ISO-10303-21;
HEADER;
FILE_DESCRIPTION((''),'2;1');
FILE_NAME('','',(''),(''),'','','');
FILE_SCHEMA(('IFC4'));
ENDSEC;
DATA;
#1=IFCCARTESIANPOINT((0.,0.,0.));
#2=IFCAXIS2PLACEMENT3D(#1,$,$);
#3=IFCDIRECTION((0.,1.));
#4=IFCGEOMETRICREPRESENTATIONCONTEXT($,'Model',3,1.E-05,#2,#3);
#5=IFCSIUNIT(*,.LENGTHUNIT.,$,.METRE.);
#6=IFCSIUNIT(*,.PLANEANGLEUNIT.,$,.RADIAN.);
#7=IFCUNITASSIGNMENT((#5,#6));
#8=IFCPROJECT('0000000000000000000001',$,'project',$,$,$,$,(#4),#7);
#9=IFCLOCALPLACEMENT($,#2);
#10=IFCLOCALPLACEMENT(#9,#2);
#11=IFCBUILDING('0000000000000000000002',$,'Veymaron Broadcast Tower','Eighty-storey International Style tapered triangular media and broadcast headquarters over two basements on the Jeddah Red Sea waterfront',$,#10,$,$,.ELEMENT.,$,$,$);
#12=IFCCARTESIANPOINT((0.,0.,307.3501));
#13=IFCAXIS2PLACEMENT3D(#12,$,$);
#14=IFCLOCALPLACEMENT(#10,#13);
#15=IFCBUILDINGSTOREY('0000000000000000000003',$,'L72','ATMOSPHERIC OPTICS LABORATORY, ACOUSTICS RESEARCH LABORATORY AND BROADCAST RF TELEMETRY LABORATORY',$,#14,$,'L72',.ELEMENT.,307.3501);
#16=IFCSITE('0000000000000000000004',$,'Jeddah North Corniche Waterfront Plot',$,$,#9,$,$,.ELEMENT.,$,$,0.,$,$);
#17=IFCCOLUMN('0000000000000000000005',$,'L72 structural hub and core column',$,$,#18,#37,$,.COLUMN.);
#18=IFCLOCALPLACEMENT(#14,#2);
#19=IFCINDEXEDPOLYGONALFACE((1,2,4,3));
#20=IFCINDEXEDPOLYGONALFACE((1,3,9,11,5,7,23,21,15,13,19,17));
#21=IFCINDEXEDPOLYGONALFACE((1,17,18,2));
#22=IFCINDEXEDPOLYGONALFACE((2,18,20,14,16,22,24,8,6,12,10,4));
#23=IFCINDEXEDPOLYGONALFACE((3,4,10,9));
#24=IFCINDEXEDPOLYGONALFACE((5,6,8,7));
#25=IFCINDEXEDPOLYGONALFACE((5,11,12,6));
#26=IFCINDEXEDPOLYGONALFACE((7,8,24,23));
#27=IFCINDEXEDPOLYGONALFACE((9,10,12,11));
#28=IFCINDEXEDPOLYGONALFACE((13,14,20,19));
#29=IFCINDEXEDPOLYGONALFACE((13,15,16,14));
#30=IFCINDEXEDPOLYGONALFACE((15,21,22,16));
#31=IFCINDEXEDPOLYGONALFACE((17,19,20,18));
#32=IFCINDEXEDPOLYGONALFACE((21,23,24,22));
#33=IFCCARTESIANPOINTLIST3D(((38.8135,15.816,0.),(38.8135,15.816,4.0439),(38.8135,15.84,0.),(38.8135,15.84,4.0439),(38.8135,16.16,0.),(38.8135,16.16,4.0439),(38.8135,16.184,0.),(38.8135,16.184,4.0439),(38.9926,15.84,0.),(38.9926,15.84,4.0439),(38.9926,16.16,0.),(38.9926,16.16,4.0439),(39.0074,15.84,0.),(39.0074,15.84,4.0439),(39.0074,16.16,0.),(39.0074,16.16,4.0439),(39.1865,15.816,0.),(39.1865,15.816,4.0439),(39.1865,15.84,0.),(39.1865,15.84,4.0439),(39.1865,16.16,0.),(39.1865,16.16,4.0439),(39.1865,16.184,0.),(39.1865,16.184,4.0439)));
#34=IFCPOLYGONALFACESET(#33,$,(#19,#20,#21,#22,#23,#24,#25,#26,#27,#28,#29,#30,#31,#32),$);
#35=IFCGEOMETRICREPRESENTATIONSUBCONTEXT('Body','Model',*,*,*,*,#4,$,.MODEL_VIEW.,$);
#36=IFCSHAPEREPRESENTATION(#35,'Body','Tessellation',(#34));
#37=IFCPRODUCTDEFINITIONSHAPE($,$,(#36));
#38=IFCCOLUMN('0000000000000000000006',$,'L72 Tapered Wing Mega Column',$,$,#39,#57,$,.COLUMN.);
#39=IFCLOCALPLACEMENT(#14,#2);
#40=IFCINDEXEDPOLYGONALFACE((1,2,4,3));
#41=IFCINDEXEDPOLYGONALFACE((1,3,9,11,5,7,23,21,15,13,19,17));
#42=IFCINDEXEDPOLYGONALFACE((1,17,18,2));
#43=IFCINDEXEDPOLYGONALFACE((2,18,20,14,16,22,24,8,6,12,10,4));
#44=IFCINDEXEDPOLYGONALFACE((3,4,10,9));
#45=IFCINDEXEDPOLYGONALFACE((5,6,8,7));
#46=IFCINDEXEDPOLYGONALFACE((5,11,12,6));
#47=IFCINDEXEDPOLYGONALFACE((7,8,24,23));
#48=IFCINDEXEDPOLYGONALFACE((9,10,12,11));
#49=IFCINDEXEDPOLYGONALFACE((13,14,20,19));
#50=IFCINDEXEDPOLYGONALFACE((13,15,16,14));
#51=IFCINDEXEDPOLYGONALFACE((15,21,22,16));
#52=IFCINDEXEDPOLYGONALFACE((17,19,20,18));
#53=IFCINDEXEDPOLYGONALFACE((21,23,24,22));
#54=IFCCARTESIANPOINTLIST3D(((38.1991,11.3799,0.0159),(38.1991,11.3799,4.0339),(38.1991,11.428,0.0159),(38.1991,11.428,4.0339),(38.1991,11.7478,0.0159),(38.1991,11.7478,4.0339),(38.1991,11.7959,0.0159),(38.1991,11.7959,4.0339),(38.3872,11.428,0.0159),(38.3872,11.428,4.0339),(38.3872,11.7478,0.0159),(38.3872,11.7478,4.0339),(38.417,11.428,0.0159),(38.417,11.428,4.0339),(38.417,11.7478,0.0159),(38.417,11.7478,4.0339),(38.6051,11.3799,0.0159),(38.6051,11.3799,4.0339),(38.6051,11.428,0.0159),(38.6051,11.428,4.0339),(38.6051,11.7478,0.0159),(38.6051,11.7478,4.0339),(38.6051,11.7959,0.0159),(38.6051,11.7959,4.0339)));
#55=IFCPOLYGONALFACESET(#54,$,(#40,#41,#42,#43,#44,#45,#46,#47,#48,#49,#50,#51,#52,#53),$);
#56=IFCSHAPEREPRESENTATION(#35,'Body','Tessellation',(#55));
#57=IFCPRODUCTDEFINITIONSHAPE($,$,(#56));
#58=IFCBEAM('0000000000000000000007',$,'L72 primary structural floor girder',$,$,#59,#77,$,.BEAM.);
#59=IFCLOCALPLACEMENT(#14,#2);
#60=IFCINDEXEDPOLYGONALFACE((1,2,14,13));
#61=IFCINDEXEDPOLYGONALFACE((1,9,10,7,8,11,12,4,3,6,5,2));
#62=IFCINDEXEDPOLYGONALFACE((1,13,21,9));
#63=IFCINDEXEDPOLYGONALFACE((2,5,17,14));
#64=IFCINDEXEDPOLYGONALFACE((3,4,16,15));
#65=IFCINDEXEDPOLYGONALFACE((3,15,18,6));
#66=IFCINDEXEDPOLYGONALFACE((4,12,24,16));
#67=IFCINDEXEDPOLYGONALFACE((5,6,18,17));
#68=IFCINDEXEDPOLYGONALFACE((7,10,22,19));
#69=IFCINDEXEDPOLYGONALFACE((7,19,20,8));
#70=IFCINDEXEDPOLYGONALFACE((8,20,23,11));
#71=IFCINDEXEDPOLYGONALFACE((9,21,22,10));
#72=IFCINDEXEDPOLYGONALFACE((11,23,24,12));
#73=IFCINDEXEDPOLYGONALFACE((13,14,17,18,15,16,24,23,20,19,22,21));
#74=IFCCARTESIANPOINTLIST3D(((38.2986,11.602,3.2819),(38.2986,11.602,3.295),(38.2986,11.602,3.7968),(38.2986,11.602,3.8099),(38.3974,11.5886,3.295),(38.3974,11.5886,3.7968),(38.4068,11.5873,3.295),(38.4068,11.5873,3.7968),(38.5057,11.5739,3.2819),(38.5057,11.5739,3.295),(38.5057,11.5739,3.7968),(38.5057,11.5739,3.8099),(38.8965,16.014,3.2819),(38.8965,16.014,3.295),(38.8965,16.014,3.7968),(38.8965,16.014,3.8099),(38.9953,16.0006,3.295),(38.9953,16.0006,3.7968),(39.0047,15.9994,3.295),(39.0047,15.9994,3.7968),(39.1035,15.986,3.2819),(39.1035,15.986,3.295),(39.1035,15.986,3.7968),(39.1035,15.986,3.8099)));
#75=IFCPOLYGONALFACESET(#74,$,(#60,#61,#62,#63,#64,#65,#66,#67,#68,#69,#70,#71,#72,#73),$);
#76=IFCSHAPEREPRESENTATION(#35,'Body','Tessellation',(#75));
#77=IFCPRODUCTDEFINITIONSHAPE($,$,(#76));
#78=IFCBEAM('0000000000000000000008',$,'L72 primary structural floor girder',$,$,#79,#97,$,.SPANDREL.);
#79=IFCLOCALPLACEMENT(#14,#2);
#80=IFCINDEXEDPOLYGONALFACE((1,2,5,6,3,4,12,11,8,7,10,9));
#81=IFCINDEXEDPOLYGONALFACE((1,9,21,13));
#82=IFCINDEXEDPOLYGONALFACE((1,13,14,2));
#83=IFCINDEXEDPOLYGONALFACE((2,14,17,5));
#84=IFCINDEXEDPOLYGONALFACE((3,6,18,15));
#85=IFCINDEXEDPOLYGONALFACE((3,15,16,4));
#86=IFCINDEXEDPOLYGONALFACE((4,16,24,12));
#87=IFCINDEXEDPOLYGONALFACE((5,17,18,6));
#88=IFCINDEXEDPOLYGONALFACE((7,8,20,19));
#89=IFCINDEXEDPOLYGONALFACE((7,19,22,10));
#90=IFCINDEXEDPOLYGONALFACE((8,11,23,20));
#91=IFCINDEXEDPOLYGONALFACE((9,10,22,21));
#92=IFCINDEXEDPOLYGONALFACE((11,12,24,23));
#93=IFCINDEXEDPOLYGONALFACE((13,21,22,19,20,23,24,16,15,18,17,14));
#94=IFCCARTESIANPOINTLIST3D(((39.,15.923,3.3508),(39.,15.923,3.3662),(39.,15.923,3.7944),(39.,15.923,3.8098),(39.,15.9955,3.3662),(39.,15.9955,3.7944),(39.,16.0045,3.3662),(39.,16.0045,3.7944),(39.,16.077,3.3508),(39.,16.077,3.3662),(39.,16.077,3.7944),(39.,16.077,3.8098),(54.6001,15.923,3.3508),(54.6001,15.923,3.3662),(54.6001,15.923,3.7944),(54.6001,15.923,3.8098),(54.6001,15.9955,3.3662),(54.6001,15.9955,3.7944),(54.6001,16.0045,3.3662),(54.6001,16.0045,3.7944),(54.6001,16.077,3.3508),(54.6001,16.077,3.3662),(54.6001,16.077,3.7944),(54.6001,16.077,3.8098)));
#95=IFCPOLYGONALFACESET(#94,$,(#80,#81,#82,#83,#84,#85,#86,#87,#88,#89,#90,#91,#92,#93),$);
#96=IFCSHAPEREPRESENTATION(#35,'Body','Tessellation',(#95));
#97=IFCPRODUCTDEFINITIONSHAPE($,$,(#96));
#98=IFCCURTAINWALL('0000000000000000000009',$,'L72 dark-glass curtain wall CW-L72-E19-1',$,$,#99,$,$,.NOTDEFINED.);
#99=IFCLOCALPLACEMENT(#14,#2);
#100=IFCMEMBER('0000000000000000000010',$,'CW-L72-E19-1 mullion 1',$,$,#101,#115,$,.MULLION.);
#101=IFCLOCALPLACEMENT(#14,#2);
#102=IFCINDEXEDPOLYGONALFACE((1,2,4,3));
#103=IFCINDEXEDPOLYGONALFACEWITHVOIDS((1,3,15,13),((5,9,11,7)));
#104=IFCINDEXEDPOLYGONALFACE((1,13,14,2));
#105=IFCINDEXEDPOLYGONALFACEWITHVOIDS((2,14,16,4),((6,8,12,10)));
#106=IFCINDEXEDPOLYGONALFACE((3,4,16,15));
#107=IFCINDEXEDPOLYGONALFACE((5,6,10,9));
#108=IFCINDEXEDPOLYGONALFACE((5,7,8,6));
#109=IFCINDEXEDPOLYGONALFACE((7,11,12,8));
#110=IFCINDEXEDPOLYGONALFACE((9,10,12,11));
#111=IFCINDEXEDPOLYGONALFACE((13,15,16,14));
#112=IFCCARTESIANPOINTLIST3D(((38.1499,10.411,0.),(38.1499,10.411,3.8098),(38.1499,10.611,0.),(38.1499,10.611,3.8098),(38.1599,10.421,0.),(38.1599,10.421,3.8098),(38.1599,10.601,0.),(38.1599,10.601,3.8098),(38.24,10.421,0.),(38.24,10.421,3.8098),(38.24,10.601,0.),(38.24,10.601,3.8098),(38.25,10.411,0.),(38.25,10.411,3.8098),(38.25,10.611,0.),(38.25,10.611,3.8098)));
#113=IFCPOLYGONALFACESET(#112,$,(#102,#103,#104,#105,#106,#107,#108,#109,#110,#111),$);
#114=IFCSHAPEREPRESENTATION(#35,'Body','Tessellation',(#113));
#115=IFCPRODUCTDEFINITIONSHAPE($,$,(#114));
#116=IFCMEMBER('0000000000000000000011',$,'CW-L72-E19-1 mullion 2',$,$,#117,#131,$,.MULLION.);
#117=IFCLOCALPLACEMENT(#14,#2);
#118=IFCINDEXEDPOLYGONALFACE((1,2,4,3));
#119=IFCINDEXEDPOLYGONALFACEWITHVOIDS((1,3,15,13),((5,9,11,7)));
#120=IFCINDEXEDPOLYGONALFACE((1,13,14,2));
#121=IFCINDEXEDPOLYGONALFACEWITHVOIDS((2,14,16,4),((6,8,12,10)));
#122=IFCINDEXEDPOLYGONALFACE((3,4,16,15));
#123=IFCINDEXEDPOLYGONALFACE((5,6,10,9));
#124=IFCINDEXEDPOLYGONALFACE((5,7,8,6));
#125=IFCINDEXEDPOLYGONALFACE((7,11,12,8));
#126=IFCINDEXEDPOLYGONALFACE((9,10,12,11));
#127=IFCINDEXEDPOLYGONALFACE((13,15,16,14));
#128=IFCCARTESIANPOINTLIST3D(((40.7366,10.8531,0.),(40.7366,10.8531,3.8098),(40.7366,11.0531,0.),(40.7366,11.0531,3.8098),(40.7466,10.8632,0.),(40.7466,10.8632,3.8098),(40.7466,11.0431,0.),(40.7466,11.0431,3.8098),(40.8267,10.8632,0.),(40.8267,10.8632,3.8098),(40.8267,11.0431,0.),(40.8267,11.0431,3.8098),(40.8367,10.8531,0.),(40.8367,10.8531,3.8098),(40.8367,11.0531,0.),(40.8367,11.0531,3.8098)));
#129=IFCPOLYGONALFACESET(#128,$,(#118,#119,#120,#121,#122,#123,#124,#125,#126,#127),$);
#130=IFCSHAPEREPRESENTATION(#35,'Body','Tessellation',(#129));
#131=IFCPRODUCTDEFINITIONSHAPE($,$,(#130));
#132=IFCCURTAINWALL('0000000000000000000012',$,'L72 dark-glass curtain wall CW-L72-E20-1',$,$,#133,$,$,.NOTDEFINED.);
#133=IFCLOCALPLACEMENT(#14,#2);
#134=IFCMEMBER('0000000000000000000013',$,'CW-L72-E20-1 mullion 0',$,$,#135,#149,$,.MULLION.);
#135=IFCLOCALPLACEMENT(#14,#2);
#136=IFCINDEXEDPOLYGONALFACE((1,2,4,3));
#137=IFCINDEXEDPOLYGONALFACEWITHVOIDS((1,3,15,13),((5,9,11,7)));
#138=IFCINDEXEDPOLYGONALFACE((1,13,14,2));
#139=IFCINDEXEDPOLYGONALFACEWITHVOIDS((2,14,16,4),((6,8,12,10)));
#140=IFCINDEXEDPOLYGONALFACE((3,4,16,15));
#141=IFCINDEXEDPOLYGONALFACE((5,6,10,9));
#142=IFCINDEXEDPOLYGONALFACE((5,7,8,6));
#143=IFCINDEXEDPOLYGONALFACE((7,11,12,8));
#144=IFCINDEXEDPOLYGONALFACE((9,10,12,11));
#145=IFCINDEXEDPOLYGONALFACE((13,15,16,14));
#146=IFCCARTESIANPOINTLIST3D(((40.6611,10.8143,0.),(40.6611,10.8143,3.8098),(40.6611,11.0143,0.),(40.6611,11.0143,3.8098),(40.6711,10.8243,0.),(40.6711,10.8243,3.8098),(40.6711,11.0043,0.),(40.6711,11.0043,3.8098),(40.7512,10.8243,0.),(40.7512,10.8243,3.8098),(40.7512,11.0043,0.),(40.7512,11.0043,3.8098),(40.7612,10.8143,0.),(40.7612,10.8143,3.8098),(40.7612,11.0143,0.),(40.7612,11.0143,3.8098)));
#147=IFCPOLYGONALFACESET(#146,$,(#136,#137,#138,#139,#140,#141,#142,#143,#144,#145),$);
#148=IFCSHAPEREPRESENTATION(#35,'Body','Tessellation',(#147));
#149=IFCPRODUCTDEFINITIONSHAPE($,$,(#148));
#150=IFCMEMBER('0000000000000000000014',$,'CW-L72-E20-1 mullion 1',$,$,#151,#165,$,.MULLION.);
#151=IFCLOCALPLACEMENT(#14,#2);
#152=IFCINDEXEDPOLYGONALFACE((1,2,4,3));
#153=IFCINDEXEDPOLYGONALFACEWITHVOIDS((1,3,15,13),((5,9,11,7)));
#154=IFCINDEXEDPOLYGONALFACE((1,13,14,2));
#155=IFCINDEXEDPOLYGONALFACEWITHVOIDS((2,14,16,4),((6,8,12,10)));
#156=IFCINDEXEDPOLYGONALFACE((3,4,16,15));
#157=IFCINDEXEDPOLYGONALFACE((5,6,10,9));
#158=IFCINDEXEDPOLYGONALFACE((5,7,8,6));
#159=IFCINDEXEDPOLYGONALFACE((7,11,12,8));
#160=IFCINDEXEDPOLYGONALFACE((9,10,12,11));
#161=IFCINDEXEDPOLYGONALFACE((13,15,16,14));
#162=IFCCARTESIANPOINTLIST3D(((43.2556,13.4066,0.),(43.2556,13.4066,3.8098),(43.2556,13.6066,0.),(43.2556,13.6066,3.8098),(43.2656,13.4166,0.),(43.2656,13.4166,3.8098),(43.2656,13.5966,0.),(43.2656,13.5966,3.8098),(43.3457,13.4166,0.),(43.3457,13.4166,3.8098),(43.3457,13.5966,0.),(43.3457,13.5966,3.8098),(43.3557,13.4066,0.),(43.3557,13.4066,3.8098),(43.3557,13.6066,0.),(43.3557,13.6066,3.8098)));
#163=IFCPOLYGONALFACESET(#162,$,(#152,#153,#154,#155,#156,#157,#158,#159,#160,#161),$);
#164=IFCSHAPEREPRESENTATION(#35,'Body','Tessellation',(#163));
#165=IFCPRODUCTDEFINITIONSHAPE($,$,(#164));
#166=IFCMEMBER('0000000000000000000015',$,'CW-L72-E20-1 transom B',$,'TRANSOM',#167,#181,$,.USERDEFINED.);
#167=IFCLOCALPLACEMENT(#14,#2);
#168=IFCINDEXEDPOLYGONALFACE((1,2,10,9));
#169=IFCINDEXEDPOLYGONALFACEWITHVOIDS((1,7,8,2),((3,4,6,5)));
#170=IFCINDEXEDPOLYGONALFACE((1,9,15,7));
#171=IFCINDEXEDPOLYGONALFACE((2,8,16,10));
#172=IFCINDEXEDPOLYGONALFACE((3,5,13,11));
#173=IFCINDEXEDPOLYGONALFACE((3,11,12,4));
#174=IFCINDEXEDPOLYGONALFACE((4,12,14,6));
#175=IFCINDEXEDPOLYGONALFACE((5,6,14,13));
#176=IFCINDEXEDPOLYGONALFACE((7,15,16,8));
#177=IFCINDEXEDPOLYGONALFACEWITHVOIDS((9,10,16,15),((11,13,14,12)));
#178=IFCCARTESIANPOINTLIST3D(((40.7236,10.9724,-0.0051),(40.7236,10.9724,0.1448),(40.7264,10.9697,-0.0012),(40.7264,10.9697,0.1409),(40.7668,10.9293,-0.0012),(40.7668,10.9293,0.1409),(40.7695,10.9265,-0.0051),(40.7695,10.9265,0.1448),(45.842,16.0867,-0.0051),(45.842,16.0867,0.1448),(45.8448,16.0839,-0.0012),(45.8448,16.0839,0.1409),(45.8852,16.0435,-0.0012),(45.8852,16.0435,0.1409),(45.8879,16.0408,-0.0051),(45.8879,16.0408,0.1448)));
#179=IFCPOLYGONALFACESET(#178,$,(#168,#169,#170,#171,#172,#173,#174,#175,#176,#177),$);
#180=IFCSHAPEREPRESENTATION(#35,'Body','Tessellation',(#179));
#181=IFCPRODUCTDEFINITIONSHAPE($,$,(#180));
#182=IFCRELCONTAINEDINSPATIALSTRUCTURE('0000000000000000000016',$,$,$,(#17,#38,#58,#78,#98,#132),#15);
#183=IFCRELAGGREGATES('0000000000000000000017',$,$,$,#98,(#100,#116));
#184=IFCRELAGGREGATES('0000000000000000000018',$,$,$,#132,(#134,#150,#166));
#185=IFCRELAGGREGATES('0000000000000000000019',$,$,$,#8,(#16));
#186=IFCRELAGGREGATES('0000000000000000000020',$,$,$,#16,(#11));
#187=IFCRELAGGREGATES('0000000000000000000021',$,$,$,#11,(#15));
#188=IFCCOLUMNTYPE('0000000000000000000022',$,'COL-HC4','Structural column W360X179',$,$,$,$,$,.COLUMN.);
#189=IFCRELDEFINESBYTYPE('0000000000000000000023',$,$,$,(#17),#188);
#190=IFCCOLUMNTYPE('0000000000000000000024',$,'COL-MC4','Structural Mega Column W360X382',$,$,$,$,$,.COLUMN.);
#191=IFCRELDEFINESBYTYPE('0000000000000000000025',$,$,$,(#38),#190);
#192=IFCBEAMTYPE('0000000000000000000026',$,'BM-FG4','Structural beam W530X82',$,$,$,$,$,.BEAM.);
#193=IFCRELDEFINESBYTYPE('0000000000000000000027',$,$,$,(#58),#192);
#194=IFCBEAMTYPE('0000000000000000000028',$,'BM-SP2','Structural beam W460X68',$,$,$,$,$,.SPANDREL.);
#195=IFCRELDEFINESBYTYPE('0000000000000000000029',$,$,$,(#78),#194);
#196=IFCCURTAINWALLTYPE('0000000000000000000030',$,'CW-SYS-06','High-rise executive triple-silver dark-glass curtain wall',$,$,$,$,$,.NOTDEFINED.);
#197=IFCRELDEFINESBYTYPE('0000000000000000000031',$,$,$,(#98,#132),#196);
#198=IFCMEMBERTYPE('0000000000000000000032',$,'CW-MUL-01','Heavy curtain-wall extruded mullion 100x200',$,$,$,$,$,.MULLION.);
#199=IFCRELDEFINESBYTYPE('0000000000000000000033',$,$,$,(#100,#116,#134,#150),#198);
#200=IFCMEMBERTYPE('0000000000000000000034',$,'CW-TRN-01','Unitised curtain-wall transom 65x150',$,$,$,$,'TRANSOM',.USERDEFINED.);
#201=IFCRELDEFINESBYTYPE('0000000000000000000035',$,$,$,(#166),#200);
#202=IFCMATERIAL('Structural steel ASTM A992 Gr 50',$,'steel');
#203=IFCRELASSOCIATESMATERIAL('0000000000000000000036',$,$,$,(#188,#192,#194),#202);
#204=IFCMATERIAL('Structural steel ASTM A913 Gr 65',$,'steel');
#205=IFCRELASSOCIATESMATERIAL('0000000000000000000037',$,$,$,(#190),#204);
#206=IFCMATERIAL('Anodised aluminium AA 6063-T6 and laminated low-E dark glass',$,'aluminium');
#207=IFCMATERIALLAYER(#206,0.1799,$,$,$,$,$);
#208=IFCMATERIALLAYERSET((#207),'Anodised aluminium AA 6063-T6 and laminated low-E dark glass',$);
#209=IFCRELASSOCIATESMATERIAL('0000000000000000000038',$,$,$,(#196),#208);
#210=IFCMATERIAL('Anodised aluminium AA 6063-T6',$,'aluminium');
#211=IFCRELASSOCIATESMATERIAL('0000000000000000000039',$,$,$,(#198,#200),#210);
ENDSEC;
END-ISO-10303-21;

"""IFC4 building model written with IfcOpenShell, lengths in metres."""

from ifc_helpers import new_model, si_unit, direction, frame, origin, origin_2d, place, context, subcontext, project, spatial, hollow_rectangle, i_section, extrude, material, layer, layer_set, material_profile, profile_set, type_object, element, aggregate, save


model = new_model("IFC4")

# Units and contexts
model_context = context("Model", 3, precision=1e-05, world=origin(), true_north=direction((0.0, 1.0)))
body_context = subcontext(model_context, "Body", "Model", "MODEL_VIEW")
ifc_project = project(units=[si_unit("LENGTHUNIT", "METRE"), si_unit("PLANEANGLEUNIT", "RADIAN")], contexts=[model_context])

# Site, building, storey
site_placement = place(None, origin())
site = spatial("IfcSite", under=ifc_project, at=site_placement, Name="Jeddah North Corniche Waterfront Plot", CompositionType="ELEMENT", RefElevation=0.0)
building_placement = place(site_placement, origin())
building = spatial("IfcBuilding", under=site, at=building_placement, Name="Veymaron Broadcast Tower", Description="Eighty-storey International Style tapered triangular media and broadcast headquarters over two basements on the Jeddah Red Sea waterfront", CompositionType="ELEMENT")
storey_placement = place(building_placement, frame((0.0, 0.0, 307.3501)))
storey = spatial("IfcBuildingStorey", under=building, at=storey_placement, Name="L72", Description="ATMOSPHERIC OPTICS LABORATORY, ACOUSTICS RESEARCH LABORATORY AND BROADCAST RF TELEMETRY LABORATORY", LongName="L72", CompositionType="ELEMENT", Elevation=307.3501)

# Columns
ifc_material_1 = material(Name="Structural steel ASTM A992 Gr 50", Category="steel")
ifc_material_profile_1 = material_profile(ifc_material_1, i_section(OverallWidth=0.373, OverallDepth=0.3679, WebThickness=0.0149, FlangeThickness=0.0239, at=origin_2d()), Name="W360X179")
ifc_profile_set_1 = profile_set([ifc_material_profile_1], Name="Structural steel ASTM A992 Gr 50")
column_type_1 = type_object("IfcColumnType", Name="COL-HC4", Description="Structural column W360X179", PredefinedType="COLUMN", material=ifc_profile_set_1)
column_1_placement = place(storey_placement, frame((39.0, 16.0, 0.0), z_axis=(0.0, 0.0, 1.0), x_axis=(1.0, 0.0, 0.0)))
element("IfcColumn", 1, at=column_1_placement, inside=storey, type_object=column_type_1, Name="L72 structural hub and core column", PredefinedType="COLUMN", context=body_context, shape_type="SweptSolid", body=[
    extrude(i_section(OverallWidth=0.373, OverallDepth=0.3679, WebThickness=0.0149, FlangeThickness=0.0239, at=origin_2d()), origin(), (0.0, 0.0, 1.0), 4.0439),
])
ifc_material_2 = material(Name="Structural steel ASTM A913 Gr 65", Category="steel")
ifc_material_profile_2 = material_profile(ifc_material_2, i_section(OverallWidth=0.406, OverallDepth=0.416, WebThickness=0.0298, FlangeThickness=0.0481, at=origin_2d()), Name="W360X382")
ifc_profile_set_2 = profile_set([ifc_material_profile_2], Name="Structural steel ASTM A913 Gr 65")
column_type_2 = type_object("IfcColumnType", Name="COL-MC4", Description="Structural Mega Column W360X382", PredefinedType="COLUMN", material=ifc_profile_set_2)
column_2_placement = place(storey_placement, frame((38.4021, 11.5879, 0.0159), z_axis=(0.0, 0.0, 1.0), x_axis=(1.0, 0.0, 0.0)))
element("IfcColumn", 2, at=column_2_placement, inside=storey, type_object=column_type_2, Name="L72 Tapered Wing Mega Column", PredefinedType="COLUMN", context=body_context, shape_type="SweptSolid", body=[
    extrude(i_section(OverallWidth=0.406, OverallDepth=0.416, WebThickness=0.0298, FlangeThickness=0.0481, at=origin_2d()), origin(), (0.0, 0.0, 1.0), 4.0181),
])

# Beams
ifc_material_profile_3 = material_profile(ifc_material_1, i_section(OverallWidth=0.209, OverallDepth=0.5281, WebThickness=0.0095, FlangeThickness=0.0132, at=origin_2d()), Name="W530X82")
ifc_profile_set_3 = profile_set([ifc_material_profile_3], Name="Structural steel ASTM A992 Gr 50")
beam_type_1 = type_object("IfcBeamType", Name="BM-FG4", Description="Structural beam W530X82", PredefinedType="BEAM", material=ifc_profile_set_3)
beam_1_placement = place(storey_placement, frame((39.0, 16.0, 3.5459), z_axis=(-0.134286, -0.990943, 0.0), x_axis=(0.990943, -0.134286, 0.0)))
element("IfcBeam", 3, at=beam_1_placement, inside=storey, type_object=beam_type_1, Name="L72 primary structural floor girder", PredefinedType="BEAM", context=body_context, shape_type="SweptSolid", body=[
    extrude(i_section(OverallWidth=0.209, OverallDepth=0.5281, WebThickness=0.0095, FlangeThickness=0.0132, at=origin_2d()), origin(), (0.0, 0.0, 1.0), 4.4524),
])
ifc_material_profile_4 = material_profile(ifc_material_1, i_section(OverallWidth=0.1541, OverallDepth=0.459, WebThickness=0.009, FlangeThickness=0.0154, at=origin_2d()), Name="W460X68")
ifc_profile_set_4 = profile_set([ifc_material_profile_4], Name="Structural steel ASTM A992 Gr 50")
beam_type_2 = type_object("IfcBeamType", Name="BM-SP2", Description="Structural beam W460X68", PredefinedType="SPANDREL", material=ifc_profile_set_4)
beam_2_placement = place(storey_placement, frame((39.0, 16.0, 3.5803), z_axis=(1.0, 0.0, 0.0), x_axis=(0.0, 1.0, 0.0)))
element("IfcBeam", 4, at=beam_2_placement, inside=storey, type_object=beam_type_2, Name="L72 primary structural floor girder", PredefinedType="SPANDREL", context=body_context, shape_type="SweptSolid", body=[
    extrude(i_section(OverallWidth=0.1541, OverallDepth=0.459, WebThickness=0.009, FlangeThickness=0.0154, at=origin_2d()), origin(), (0.0, 0.0, 1.0), 15.6001),
])

# Curtain walls, members
ifc_material_3 = material(Name="Anodised aluminium AA 6063-T6 and laminated low-E dark glass", Category="aluminium")
ifc_layer_1 = layer(ifc_material_3, 0.1799)
ifc_layer_set_1 = layer_set([ifc_layer_1], Name="Anodised aluminium AA 6063-T6 and laminated low-E dark glass")
curtain_wall_type = type_object("IfcCurtainWallType", Name="CW-SYS-06", Description="High-rise executive triple-silver dark-glass curtain wall", PredefinedType="NOTDEFINED", material=ifc_layer_set_1)
curtain_wall_1_placement = place(storey_placement, origin())
curtain_wall_1 = element("IfcCurtainWall", 5, at=curtain_wall_1_placement, inside=storey, type_object=curtain_wall_type, Name="L72 dark-glass curtain wall CW-L72-E19-1", PredefinedType="NOTDEFINED")
ifc_material_4 = material(Name="Anodised aluminium AA 6063-T6", Category="aluminium")
ifc_material_profile_5 = material_profile(ifc_material_4, hollow_rectangle(XDim=0.1001, YDim=0.2, WallThickness=0.01, at=origin_2d()), Name="RHS200X100X10")
ifc_profile_set_5 = profile_set([ifc_material_profile_5], Name="Anodised aluminium AA 6063-T6")
member_type_1 = type_object("IfcMemberType", Name="CW-MUL-01", Description="Heavy curtain-wall extruded mullion 100x200", PredefinedType="MULLION", material=ifc_profile_set_5)
member_1_placement = place(storey_placement, frame((38.2, 10.511, 0.0), z_axis=(0.0, 0.0, 1.0), x_axis=(1.0, 0.0, 0.0)))
member_1 = element("IfcMember", 6, at=member_1_placement, type_object=member_type_1, Name="CW-L72-E19-1 mullion 1", PredefinedType="MULLION", context=body_context, shape_type="SweptSolid", body=[
    extrude(hollow_rectangle(XDim=0.1001, YDim=0.2, WallThickness=0.01, at=origin_2d()), origin(), (0.0, 0.0, 1.0), 3.8098),
])
member_2_placement = place(storey_placement, frame((40.7866, 10.9531, 0.0), z_axis=(0.0, 0.0, 1.0), x_axis=(1.0, 0.0, 0.0)))
member_2 = element("IfcMember", 7, at=member_2_placement, type_object=member_type_1, Name="CW-L72-E19-1 mullion 2", PredefinedType="MULLION", context=body_context, shape_type="SweptSolid", body=[
    extrude(hollow_rectangle(XDim=0.1001, YDim=0.2, WallThickness=0.01, at=origin_2d()), origin(), (0.0, 0.0, 1.0), 3.8098),
])
curtain_wall_2_placement = place(storey_placement, origin())
curtain_wall_2 = element("IfcCurtainWall", 8, at=curtain_wall_2_placement, inside=storey, type_object=curtain_wall_type, Name="L72 dark-glass curtain wall CW-L72-E20-1", PredefinedType="NOTDEFINED")
member_3_placement = place(storey_placement, frame((40.7112, 10.9143, 0.0), z_axis=(0.0, 0.0, 1.0), x_axis=(1.0, 0.0, 0.0)))
member_3 = element("IfcMember", 9, at=member_3_placement, type_object=member_type_1, Name="CW-L72-E20-1 mullion 0", PredefinedType="MULLION", context=body_context, shape_type="SweptSolid", body=[
    extrude(hollow_rectangle(XDim=0.1001, YDim=0.2, WallThickness=0.01, at=origin_2d()), origin(), (0.0, 0.0, 1.0), 3.8098),
])
member_4_placement = place(storey_placement, frame((43.3057, 13.5066, 0.0), z_axis=(0.0, 0.0, 1.0), x_axis=(1.0, 0.0, 0.0)))
member_4 = element("IfcMember", 10, at=member_4_placement, type_object=member_type_1, Name="CW-L72-E20-1 mullion 1", PredefinedType="MULLION", context=body_context, shape_type="SweptSolid", body=[
    extrude(hollow_rectangle(XDim=0.1001, YDim=0.2, WallThickness=0.01, at=origin_2d()), origin(), (0.0, 0.0, 1.0), 3.8098),
])
ifc_material_profile_6 = material_profile(ifc_material_4, hollow_rectangle(XDim=0.0649, YDim=0.1499, WallThickness=0.0039, at=origin_2d()), Name="AL150X65X4")
ifc_profile_set_6 = profile_set([ifc_material_profile_6], Name="Anodised aluminium AA 6063-T6")
member_type_2 = type_object("IfcMemberType", Name="CW-TRN-01", Description="Unitised curtain-wall transom 65x150", ElementType="TRANSOM", PredefinedType="USERDEFINED", material=ifc_profile_set_6)
member_5_placement = place(storey_placement, frame((40.7466, 10.9495, 0.0698), z_axis=(0.707394, 0.70682, 0.0), x_axis=(-0.70682, 0.707394, 0.0)))
member_5 = element("IfcMember", 11, at=member_5_placement, type_object=member_type_2, Name="CW-L72-E20-1 transom B", ObjectType="TRANSOM", PredefinedType="USERDEFINED", context=body_context, shape_type="SweptSolid", body=[
    extrude(hollow_rectangle(XDim=0.0649, YDim=0.1499, WallThickness=0.0039, at=origin_2d()), origin(), (0.0, 0.0, 1.0), 7.2356),
])

aggregate(curtain_wall_1, [member_1, member_2])
aggregate(curtain_wall_2, [member_3, member_4, member_5])

save(model, "model.ifc")
